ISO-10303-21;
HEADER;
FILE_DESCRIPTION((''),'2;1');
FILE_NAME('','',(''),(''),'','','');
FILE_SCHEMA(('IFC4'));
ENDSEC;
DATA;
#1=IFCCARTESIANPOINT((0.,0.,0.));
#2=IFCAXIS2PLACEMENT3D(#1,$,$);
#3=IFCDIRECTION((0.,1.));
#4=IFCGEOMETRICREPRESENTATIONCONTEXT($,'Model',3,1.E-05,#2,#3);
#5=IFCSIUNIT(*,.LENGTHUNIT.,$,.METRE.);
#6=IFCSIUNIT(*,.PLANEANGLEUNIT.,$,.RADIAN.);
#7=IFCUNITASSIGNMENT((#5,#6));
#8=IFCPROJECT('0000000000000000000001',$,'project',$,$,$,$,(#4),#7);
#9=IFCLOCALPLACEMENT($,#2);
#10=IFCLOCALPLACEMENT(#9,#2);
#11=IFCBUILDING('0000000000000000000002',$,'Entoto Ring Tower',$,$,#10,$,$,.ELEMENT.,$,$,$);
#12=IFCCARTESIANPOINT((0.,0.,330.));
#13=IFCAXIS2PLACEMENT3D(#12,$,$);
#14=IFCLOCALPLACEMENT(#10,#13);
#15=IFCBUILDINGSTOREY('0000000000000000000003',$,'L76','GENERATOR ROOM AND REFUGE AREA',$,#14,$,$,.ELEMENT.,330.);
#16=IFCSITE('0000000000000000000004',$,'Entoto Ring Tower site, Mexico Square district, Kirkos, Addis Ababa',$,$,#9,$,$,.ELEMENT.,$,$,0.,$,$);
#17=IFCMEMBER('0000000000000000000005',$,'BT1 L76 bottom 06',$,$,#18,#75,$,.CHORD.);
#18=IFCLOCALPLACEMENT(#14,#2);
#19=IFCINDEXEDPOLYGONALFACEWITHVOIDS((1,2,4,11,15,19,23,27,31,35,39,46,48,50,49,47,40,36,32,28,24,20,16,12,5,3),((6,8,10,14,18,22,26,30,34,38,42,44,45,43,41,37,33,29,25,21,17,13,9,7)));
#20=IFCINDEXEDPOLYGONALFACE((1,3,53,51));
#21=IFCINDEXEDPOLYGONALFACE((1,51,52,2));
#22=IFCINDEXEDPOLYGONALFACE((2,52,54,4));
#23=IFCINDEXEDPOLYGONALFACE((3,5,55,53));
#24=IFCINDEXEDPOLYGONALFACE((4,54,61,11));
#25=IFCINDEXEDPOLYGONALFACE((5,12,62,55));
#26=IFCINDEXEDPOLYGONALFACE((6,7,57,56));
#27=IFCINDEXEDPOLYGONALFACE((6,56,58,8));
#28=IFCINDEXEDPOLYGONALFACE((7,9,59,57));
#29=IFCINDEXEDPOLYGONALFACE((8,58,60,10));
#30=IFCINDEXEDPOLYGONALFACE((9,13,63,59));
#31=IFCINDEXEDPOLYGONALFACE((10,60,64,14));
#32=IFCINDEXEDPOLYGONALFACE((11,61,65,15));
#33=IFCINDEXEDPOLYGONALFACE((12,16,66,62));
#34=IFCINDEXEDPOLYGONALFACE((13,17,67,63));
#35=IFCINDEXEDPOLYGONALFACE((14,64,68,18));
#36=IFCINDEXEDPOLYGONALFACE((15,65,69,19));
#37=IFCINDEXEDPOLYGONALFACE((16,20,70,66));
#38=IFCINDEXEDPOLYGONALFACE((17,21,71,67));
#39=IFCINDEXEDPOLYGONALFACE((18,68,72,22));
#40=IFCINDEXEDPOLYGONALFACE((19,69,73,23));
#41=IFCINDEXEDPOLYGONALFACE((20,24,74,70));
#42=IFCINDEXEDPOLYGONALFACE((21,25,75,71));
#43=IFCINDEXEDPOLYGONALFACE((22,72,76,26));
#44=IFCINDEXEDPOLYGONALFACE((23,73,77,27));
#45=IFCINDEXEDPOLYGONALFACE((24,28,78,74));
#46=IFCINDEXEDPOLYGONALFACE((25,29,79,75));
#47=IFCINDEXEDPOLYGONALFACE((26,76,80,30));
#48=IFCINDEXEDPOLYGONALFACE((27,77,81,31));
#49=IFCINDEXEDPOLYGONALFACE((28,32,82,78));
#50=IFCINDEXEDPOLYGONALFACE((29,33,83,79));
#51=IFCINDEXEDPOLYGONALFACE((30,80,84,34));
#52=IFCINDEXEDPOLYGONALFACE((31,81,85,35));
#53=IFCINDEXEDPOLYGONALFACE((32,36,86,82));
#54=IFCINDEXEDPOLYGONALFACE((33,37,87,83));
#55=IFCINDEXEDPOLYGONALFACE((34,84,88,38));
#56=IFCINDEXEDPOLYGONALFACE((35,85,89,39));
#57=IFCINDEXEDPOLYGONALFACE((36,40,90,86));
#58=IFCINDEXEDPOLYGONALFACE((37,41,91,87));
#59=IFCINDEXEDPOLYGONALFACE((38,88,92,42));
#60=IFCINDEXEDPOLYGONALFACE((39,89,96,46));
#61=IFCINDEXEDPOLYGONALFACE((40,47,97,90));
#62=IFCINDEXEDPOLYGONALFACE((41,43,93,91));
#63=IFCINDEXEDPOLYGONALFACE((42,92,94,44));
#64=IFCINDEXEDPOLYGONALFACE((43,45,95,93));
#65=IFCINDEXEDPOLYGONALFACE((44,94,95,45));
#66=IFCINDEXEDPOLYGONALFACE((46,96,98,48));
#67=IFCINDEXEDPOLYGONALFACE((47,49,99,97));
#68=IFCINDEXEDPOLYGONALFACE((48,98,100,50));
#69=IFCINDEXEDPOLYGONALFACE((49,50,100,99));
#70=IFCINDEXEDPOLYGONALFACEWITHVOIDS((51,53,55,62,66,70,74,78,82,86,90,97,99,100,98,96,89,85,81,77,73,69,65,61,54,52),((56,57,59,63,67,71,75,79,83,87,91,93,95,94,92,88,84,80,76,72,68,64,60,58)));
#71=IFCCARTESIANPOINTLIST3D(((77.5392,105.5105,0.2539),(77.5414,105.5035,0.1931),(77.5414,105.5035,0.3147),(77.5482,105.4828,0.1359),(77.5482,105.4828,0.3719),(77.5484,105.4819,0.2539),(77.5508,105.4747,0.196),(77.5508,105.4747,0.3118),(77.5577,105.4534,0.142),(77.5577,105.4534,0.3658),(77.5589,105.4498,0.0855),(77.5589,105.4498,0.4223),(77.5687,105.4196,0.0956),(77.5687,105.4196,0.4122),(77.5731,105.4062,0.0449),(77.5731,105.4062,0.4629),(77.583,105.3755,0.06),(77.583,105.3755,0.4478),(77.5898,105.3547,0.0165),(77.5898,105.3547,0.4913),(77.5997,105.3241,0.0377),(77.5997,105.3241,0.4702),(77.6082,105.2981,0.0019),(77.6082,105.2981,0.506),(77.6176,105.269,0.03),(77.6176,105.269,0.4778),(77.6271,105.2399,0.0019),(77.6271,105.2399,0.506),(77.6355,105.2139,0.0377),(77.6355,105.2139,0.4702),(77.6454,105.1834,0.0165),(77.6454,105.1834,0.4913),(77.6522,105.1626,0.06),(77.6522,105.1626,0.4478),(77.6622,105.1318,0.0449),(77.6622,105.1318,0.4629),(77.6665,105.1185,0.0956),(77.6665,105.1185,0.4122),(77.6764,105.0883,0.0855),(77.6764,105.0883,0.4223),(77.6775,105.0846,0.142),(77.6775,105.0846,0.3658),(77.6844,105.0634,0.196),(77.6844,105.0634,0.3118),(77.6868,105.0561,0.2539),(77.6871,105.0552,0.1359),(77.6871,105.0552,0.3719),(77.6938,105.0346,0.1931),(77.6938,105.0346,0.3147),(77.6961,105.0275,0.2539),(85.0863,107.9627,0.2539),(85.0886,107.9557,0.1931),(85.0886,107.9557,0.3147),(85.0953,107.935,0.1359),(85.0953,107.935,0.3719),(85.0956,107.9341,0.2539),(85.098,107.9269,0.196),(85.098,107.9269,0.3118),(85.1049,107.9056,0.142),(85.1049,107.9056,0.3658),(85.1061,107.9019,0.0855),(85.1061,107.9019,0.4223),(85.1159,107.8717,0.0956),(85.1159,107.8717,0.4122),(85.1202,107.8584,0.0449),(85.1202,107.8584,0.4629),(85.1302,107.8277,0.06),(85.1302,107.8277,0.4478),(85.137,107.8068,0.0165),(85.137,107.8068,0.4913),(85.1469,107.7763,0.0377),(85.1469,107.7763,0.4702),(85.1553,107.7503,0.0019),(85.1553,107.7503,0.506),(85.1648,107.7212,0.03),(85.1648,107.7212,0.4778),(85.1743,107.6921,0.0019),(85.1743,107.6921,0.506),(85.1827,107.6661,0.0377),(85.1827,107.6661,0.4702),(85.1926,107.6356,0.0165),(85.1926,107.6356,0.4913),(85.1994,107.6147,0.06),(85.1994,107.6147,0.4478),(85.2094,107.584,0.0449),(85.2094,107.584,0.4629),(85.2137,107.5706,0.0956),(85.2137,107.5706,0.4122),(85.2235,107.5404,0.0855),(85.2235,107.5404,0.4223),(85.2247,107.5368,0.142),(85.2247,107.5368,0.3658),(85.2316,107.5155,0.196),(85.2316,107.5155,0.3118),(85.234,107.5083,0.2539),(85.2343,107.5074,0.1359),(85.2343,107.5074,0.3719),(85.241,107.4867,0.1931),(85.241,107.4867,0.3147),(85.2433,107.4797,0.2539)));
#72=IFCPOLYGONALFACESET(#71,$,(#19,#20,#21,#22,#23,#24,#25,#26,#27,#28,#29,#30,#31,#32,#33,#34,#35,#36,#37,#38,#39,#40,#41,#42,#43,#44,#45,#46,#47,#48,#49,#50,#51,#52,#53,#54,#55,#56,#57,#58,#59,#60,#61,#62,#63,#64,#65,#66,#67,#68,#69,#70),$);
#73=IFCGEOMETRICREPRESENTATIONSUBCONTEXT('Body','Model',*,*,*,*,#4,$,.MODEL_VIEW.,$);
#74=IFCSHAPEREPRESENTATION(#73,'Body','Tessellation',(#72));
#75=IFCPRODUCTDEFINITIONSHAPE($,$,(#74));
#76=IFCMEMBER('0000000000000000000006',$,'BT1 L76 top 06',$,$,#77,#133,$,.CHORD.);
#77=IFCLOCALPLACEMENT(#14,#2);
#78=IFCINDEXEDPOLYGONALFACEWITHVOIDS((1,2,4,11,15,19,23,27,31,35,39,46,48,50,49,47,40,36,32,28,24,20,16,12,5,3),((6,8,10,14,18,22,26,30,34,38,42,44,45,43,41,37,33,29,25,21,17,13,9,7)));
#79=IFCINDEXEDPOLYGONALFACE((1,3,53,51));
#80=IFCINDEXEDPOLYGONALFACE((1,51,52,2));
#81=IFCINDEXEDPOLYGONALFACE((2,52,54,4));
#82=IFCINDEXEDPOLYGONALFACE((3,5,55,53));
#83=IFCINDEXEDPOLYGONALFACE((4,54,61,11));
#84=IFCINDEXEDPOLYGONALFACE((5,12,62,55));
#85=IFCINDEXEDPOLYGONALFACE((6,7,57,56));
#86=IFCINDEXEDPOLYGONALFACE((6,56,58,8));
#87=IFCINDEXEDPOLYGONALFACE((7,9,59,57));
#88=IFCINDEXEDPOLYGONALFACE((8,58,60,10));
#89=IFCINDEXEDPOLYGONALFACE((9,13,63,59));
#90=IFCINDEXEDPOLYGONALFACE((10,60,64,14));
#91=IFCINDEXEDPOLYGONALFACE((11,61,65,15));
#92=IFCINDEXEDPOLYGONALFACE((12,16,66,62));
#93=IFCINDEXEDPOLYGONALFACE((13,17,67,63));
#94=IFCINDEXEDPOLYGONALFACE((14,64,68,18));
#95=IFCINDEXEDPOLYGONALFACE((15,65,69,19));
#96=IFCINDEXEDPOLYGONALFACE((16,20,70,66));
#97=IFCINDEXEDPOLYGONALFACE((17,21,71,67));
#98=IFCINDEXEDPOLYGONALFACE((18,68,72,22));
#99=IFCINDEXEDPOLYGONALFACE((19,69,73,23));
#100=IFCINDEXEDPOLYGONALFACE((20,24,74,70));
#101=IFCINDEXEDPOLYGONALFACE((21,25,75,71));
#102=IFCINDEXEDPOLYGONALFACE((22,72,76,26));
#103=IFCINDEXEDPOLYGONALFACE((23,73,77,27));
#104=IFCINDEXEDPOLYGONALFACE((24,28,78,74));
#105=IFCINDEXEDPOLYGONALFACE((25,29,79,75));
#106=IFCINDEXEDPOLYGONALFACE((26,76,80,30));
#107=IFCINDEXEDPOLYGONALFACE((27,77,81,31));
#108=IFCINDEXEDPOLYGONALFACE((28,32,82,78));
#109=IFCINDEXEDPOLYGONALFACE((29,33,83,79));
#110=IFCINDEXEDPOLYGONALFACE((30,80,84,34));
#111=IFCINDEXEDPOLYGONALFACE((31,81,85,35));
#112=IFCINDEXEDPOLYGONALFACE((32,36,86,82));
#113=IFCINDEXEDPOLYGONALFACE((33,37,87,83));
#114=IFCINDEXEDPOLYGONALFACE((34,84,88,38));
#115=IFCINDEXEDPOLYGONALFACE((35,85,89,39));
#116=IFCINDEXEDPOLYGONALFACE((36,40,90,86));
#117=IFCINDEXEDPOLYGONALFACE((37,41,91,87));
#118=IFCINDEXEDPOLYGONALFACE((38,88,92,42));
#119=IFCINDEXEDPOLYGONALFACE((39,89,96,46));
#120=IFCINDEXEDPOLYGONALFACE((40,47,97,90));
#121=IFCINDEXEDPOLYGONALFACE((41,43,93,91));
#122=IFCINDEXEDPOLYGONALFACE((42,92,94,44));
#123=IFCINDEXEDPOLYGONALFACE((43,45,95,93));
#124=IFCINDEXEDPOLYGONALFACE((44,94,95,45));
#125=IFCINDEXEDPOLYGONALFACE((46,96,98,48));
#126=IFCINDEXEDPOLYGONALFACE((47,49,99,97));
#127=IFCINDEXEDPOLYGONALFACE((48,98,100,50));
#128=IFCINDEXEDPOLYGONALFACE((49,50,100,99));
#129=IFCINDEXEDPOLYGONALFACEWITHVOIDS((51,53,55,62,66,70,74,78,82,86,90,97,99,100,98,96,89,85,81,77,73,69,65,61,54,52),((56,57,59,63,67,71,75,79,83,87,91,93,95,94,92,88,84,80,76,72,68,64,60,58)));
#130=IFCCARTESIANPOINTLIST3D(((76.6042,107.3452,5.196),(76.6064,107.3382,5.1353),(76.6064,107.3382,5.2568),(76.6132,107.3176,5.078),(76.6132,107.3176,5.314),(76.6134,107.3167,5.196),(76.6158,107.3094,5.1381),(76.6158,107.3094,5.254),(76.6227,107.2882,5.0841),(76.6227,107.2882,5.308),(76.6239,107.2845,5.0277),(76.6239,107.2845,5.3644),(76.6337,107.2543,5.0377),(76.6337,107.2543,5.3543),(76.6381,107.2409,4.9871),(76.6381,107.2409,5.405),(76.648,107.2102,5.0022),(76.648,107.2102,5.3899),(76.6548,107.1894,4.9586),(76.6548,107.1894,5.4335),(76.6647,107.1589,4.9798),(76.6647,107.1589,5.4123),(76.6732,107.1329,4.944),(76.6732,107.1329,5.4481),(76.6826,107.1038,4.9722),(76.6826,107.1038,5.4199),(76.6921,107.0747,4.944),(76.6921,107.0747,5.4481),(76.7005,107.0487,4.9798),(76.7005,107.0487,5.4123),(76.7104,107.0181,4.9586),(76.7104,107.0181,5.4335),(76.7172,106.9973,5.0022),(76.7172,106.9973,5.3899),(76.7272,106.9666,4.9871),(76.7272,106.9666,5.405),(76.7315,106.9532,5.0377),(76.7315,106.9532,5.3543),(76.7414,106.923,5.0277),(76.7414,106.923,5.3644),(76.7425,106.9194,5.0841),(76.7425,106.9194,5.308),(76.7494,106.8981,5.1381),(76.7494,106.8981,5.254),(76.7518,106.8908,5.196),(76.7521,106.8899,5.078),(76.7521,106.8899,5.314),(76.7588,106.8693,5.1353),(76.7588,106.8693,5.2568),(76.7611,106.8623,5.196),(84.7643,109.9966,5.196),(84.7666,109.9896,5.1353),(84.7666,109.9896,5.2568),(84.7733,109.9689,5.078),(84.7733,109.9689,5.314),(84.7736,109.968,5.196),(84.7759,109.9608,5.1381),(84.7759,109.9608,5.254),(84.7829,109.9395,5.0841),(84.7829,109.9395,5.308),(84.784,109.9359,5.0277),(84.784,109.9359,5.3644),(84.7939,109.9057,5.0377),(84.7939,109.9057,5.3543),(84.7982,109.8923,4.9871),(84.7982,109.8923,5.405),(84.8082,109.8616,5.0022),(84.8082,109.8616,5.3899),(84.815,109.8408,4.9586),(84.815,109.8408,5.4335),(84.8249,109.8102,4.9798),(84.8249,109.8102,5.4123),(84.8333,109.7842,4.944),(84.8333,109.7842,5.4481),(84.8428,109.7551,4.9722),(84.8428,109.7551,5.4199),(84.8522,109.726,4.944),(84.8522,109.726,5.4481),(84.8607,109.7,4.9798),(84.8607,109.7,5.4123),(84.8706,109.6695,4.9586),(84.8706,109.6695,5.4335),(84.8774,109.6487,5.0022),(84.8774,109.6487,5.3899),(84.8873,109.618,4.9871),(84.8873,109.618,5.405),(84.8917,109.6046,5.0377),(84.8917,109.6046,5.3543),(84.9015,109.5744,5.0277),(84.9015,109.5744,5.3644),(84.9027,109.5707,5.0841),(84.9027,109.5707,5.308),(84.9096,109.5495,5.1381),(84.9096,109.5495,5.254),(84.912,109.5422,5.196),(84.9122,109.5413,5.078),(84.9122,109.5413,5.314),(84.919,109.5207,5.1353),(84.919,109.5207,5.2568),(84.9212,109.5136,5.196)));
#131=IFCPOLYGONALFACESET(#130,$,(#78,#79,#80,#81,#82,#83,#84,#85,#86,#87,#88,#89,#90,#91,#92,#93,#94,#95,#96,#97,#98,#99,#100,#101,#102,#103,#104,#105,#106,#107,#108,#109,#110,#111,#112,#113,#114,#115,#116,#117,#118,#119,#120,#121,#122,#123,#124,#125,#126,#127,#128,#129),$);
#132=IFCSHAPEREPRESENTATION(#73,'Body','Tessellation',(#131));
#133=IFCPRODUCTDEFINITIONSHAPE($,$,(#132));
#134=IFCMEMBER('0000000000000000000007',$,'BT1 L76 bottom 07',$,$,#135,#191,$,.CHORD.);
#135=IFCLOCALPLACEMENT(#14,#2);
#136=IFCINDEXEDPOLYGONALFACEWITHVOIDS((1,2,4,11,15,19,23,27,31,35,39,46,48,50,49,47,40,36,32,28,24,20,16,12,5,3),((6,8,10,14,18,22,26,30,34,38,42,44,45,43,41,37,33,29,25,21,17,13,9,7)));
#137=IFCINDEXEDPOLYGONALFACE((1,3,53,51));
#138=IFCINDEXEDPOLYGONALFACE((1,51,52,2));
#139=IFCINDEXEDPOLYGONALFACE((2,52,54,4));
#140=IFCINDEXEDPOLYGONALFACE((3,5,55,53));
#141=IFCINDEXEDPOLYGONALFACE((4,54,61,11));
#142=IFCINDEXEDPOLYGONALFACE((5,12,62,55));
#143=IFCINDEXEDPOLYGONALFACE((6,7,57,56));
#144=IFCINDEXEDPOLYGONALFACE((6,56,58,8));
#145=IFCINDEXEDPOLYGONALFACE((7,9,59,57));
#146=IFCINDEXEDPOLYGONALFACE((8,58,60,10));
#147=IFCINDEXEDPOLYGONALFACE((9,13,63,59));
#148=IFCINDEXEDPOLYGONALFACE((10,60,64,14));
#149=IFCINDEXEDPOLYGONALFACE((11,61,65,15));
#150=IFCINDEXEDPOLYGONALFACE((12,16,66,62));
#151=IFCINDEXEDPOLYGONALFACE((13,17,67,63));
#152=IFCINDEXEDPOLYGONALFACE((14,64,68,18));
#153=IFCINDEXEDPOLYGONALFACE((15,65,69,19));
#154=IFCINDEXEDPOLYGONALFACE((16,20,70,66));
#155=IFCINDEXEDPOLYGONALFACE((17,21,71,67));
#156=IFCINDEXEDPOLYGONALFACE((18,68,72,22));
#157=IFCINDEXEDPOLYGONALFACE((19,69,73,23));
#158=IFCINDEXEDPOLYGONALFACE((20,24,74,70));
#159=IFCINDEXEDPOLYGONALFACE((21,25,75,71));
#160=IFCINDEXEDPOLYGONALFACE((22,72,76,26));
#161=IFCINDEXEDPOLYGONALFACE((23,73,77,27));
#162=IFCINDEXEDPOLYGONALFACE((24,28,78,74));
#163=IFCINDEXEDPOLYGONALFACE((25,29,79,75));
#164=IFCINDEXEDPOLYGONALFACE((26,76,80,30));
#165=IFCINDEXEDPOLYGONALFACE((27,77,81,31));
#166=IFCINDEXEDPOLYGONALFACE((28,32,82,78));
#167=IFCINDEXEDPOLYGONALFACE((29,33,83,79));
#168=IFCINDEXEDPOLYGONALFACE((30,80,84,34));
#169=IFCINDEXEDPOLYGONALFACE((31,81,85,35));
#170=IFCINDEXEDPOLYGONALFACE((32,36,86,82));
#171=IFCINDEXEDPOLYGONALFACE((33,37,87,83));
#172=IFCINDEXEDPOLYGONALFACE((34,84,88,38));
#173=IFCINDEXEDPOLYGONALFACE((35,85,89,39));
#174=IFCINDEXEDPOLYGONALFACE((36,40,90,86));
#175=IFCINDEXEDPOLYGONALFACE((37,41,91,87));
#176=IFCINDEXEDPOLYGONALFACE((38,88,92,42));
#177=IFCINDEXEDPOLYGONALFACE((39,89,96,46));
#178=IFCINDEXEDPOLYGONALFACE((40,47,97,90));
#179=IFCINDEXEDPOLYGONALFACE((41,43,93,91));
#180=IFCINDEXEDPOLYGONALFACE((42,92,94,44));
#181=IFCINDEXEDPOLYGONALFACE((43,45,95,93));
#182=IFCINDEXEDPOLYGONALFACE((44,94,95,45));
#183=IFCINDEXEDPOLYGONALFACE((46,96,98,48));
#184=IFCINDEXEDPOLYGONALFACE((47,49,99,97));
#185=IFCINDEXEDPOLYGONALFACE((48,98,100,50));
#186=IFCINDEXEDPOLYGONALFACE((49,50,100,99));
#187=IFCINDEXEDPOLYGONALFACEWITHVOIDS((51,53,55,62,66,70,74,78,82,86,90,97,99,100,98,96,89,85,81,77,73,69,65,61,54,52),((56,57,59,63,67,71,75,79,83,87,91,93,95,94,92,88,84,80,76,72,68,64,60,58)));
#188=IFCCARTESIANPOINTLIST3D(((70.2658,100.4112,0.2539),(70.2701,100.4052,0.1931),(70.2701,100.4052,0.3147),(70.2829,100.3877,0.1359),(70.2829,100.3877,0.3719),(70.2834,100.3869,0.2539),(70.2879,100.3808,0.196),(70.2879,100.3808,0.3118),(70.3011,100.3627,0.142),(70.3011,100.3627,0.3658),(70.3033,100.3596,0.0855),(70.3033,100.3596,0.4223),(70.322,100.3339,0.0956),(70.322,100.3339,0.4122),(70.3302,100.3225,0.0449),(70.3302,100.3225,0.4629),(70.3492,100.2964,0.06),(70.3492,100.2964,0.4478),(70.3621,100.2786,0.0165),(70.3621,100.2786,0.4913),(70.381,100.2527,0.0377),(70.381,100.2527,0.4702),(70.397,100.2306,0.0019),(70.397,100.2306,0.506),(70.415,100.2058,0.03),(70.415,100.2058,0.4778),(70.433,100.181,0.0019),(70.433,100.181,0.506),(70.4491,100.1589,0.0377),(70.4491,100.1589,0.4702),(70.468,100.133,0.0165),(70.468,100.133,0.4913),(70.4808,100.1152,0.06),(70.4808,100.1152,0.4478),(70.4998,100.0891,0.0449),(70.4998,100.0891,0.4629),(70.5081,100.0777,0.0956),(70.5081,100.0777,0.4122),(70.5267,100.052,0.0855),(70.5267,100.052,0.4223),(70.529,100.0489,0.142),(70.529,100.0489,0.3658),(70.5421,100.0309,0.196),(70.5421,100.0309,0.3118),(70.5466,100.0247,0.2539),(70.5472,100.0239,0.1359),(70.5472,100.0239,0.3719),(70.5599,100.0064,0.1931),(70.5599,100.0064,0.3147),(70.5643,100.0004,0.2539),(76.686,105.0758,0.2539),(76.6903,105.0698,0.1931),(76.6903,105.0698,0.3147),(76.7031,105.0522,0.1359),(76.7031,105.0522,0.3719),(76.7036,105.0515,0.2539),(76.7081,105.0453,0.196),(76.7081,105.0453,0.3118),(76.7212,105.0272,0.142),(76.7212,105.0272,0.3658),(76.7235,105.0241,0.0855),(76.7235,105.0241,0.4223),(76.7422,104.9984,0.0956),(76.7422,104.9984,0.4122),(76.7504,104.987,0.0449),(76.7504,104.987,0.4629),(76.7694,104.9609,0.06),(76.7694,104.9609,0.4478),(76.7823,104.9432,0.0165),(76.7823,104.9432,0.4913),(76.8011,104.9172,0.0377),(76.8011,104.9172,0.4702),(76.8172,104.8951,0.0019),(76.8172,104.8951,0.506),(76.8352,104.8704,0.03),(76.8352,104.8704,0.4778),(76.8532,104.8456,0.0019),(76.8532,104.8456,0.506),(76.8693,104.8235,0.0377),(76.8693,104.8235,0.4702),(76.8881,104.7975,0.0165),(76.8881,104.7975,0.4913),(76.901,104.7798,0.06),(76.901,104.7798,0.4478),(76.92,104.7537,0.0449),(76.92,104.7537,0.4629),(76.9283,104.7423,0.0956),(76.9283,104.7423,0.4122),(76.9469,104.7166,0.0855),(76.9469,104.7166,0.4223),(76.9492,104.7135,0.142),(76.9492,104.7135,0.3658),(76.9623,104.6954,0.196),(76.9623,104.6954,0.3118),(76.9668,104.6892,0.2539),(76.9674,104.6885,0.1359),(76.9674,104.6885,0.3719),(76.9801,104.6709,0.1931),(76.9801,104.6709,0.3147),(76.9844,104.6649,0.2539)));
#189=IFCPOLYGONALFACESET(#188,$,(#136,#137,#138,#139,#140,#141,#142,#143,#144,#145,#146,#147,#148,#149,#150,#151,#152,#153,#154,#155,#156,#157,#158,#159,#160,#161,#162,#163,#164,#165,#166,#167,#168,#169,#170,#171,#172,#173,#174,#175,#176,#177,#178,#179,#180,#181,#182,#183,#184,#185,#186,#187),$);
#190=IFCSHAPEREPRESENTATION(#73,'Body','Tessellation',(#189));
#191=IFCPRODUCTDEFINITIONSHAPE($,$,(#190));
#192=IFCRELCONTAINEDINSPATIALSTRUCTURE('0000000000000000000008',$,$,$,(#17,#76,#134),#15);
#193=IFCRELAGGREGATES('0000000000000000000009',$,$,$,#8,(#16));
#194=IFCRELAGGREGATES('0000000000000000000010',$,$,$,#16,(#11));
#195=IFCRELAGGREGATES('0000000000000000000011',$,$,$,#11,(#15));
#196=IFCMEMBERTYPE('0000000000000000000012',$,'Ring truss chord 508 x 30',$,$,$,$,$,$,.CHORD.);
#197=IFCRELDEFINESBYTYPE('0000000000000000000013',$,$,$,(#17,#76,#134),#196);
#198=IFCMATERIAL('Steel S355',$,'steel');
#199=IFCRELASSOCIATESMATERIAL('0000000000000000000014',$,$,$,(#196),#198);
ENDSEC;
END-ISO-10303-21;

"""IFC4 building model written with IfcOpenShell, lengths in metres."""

from ifc_helpers import new_model, si_unit, direction, frame, origin, origin_2d, place, context, subcontext, project, spatial, circle, hollow_circle, extrude, material, material_profile, profile_set, type_object, element, save


model = new_model("IFC4")

# Units and contexts
model_context = context("Model", 3, precision=1e-05, world=origin(), true_north=direction((0.0, 1.0)))
body_context = subcontext(model_context, "Body", "Model", "MODEL_VIEW")
ifc_project = project(units=[si_unit("LENGTHUNIT", "METRE"), si_unit("PLANEANGLEUNIT", "RADIAN")], contexts=[model_context])

# Site, building, storey
site_placement = place(None, origin())
site = spatial("IfcSite", under=ifc_project, at=site_placement, Name="Entoto Ring Tower site, Mexico Square district, Kirkos, Addis Ababa", CompositionType="ELEMENT", RefElevation=0.0)
building_placement = place(site_placement, origin())
building = spatial("IfcBuilding", under=site, at=building_placement, Name="Entoto Ring Tower", CompositionType="ELEMENT")
storey_placement = place(building_placement, frame((0.0, 0.0, 330.0)))
storey = spatial("IfcBuildingStorey", under=building, at=storey_placement, Name="L76", Description="GENERATOR ROOM AND REFUGE AREA", CompositionType="ELEMENT", Elevation=330.0)

# Members
ifc_material_1 = material(Name="Steel S355", Category="steel")
ifc_material_profile_1 = material_profile(ifc_material_1, hollow_circle(Radius=0.2539, WallThickness=0.03, at=origin_2d()), Name="CHS 508 x 30")
ifc_material_2 = material(Name="Concrete C60/75", Category="concrete")
ifc_material_profile_2 = material_profile(ifc_material_2, circle(Radius=0.2241, at=origin_2d()), Name="Concrete C60/75 infill")
ifc_profile_set_1 = profile_set([ifc_material_profile_1, ifc_material_profile_2], Name="Steel S355")
member_type_1 = type_object("IfcMemberType", Name="Ring truss chord 508 x 30", PredefinedType="CHORD", material=ifc_profile_set_1)
member_1_placement = place(storey_placement, frame((85.1648, 107.7212, 0.2539), z_axis=(-0.951059, -0.30901, 0.0), x_axis=(0.30901, -0.951059, 0.0)))
element("IfcMember", 1, at=member_1_placement, inside=storey, type_object=member_type_1, Name="BT1 L76 bottom 06", PredefinedType="CHORD", context=body_context, shape_type="SweptSolid", body=[
    extrude(hollow_circle(Radius=0.2539, WallThickness=0.03, at=origin_2d()), origin(), (0.0, 0.0, 1.0), 7.9355),
])
member_2_placement = place(storey_placement, frame((84.8428, 109.7551, 5.196), z_axis=(-0.951057, -0.309014, 0.0), x_axis=(0.309014, -0.951057, 0.0)))
element("IfcMember", 2, at=member_2_placement, inside=storey, type_object=member_type_1, Name="BT1 L76 top 06", PredefinedType="CHORD", context=body_context, shape_type="SweptSolid", body=[
    extrude(hollow_circle(Radius=0.2539, WallThickness=0.03, at=origin_2d()), origin(), (0.0, 0.0, 1.0), 8.5801),
])
member_3_placement = place(storey_placement, frame((76.8352, 104.8704, 0.2539), z_axis=(-0.809015, -0.587787, 0.0), x_axis=(0.587787, -0.809015, 0.0)))
element("IfcMember", 3, at=member_3_placement, inside=storey, type_object=member_type_1, Name="BT1 L76 bottom 07", PredefinedType="CHORD", context=body_context, shape_type="SweptSolid", body=[
    extrude(hollow_circle(Radius=0.2539, WallThickness=0.03, at=origin_2d()), origin(), (0.0, 0.0, 1.0), 7.9358),
])

save(model, "model.ifc")
